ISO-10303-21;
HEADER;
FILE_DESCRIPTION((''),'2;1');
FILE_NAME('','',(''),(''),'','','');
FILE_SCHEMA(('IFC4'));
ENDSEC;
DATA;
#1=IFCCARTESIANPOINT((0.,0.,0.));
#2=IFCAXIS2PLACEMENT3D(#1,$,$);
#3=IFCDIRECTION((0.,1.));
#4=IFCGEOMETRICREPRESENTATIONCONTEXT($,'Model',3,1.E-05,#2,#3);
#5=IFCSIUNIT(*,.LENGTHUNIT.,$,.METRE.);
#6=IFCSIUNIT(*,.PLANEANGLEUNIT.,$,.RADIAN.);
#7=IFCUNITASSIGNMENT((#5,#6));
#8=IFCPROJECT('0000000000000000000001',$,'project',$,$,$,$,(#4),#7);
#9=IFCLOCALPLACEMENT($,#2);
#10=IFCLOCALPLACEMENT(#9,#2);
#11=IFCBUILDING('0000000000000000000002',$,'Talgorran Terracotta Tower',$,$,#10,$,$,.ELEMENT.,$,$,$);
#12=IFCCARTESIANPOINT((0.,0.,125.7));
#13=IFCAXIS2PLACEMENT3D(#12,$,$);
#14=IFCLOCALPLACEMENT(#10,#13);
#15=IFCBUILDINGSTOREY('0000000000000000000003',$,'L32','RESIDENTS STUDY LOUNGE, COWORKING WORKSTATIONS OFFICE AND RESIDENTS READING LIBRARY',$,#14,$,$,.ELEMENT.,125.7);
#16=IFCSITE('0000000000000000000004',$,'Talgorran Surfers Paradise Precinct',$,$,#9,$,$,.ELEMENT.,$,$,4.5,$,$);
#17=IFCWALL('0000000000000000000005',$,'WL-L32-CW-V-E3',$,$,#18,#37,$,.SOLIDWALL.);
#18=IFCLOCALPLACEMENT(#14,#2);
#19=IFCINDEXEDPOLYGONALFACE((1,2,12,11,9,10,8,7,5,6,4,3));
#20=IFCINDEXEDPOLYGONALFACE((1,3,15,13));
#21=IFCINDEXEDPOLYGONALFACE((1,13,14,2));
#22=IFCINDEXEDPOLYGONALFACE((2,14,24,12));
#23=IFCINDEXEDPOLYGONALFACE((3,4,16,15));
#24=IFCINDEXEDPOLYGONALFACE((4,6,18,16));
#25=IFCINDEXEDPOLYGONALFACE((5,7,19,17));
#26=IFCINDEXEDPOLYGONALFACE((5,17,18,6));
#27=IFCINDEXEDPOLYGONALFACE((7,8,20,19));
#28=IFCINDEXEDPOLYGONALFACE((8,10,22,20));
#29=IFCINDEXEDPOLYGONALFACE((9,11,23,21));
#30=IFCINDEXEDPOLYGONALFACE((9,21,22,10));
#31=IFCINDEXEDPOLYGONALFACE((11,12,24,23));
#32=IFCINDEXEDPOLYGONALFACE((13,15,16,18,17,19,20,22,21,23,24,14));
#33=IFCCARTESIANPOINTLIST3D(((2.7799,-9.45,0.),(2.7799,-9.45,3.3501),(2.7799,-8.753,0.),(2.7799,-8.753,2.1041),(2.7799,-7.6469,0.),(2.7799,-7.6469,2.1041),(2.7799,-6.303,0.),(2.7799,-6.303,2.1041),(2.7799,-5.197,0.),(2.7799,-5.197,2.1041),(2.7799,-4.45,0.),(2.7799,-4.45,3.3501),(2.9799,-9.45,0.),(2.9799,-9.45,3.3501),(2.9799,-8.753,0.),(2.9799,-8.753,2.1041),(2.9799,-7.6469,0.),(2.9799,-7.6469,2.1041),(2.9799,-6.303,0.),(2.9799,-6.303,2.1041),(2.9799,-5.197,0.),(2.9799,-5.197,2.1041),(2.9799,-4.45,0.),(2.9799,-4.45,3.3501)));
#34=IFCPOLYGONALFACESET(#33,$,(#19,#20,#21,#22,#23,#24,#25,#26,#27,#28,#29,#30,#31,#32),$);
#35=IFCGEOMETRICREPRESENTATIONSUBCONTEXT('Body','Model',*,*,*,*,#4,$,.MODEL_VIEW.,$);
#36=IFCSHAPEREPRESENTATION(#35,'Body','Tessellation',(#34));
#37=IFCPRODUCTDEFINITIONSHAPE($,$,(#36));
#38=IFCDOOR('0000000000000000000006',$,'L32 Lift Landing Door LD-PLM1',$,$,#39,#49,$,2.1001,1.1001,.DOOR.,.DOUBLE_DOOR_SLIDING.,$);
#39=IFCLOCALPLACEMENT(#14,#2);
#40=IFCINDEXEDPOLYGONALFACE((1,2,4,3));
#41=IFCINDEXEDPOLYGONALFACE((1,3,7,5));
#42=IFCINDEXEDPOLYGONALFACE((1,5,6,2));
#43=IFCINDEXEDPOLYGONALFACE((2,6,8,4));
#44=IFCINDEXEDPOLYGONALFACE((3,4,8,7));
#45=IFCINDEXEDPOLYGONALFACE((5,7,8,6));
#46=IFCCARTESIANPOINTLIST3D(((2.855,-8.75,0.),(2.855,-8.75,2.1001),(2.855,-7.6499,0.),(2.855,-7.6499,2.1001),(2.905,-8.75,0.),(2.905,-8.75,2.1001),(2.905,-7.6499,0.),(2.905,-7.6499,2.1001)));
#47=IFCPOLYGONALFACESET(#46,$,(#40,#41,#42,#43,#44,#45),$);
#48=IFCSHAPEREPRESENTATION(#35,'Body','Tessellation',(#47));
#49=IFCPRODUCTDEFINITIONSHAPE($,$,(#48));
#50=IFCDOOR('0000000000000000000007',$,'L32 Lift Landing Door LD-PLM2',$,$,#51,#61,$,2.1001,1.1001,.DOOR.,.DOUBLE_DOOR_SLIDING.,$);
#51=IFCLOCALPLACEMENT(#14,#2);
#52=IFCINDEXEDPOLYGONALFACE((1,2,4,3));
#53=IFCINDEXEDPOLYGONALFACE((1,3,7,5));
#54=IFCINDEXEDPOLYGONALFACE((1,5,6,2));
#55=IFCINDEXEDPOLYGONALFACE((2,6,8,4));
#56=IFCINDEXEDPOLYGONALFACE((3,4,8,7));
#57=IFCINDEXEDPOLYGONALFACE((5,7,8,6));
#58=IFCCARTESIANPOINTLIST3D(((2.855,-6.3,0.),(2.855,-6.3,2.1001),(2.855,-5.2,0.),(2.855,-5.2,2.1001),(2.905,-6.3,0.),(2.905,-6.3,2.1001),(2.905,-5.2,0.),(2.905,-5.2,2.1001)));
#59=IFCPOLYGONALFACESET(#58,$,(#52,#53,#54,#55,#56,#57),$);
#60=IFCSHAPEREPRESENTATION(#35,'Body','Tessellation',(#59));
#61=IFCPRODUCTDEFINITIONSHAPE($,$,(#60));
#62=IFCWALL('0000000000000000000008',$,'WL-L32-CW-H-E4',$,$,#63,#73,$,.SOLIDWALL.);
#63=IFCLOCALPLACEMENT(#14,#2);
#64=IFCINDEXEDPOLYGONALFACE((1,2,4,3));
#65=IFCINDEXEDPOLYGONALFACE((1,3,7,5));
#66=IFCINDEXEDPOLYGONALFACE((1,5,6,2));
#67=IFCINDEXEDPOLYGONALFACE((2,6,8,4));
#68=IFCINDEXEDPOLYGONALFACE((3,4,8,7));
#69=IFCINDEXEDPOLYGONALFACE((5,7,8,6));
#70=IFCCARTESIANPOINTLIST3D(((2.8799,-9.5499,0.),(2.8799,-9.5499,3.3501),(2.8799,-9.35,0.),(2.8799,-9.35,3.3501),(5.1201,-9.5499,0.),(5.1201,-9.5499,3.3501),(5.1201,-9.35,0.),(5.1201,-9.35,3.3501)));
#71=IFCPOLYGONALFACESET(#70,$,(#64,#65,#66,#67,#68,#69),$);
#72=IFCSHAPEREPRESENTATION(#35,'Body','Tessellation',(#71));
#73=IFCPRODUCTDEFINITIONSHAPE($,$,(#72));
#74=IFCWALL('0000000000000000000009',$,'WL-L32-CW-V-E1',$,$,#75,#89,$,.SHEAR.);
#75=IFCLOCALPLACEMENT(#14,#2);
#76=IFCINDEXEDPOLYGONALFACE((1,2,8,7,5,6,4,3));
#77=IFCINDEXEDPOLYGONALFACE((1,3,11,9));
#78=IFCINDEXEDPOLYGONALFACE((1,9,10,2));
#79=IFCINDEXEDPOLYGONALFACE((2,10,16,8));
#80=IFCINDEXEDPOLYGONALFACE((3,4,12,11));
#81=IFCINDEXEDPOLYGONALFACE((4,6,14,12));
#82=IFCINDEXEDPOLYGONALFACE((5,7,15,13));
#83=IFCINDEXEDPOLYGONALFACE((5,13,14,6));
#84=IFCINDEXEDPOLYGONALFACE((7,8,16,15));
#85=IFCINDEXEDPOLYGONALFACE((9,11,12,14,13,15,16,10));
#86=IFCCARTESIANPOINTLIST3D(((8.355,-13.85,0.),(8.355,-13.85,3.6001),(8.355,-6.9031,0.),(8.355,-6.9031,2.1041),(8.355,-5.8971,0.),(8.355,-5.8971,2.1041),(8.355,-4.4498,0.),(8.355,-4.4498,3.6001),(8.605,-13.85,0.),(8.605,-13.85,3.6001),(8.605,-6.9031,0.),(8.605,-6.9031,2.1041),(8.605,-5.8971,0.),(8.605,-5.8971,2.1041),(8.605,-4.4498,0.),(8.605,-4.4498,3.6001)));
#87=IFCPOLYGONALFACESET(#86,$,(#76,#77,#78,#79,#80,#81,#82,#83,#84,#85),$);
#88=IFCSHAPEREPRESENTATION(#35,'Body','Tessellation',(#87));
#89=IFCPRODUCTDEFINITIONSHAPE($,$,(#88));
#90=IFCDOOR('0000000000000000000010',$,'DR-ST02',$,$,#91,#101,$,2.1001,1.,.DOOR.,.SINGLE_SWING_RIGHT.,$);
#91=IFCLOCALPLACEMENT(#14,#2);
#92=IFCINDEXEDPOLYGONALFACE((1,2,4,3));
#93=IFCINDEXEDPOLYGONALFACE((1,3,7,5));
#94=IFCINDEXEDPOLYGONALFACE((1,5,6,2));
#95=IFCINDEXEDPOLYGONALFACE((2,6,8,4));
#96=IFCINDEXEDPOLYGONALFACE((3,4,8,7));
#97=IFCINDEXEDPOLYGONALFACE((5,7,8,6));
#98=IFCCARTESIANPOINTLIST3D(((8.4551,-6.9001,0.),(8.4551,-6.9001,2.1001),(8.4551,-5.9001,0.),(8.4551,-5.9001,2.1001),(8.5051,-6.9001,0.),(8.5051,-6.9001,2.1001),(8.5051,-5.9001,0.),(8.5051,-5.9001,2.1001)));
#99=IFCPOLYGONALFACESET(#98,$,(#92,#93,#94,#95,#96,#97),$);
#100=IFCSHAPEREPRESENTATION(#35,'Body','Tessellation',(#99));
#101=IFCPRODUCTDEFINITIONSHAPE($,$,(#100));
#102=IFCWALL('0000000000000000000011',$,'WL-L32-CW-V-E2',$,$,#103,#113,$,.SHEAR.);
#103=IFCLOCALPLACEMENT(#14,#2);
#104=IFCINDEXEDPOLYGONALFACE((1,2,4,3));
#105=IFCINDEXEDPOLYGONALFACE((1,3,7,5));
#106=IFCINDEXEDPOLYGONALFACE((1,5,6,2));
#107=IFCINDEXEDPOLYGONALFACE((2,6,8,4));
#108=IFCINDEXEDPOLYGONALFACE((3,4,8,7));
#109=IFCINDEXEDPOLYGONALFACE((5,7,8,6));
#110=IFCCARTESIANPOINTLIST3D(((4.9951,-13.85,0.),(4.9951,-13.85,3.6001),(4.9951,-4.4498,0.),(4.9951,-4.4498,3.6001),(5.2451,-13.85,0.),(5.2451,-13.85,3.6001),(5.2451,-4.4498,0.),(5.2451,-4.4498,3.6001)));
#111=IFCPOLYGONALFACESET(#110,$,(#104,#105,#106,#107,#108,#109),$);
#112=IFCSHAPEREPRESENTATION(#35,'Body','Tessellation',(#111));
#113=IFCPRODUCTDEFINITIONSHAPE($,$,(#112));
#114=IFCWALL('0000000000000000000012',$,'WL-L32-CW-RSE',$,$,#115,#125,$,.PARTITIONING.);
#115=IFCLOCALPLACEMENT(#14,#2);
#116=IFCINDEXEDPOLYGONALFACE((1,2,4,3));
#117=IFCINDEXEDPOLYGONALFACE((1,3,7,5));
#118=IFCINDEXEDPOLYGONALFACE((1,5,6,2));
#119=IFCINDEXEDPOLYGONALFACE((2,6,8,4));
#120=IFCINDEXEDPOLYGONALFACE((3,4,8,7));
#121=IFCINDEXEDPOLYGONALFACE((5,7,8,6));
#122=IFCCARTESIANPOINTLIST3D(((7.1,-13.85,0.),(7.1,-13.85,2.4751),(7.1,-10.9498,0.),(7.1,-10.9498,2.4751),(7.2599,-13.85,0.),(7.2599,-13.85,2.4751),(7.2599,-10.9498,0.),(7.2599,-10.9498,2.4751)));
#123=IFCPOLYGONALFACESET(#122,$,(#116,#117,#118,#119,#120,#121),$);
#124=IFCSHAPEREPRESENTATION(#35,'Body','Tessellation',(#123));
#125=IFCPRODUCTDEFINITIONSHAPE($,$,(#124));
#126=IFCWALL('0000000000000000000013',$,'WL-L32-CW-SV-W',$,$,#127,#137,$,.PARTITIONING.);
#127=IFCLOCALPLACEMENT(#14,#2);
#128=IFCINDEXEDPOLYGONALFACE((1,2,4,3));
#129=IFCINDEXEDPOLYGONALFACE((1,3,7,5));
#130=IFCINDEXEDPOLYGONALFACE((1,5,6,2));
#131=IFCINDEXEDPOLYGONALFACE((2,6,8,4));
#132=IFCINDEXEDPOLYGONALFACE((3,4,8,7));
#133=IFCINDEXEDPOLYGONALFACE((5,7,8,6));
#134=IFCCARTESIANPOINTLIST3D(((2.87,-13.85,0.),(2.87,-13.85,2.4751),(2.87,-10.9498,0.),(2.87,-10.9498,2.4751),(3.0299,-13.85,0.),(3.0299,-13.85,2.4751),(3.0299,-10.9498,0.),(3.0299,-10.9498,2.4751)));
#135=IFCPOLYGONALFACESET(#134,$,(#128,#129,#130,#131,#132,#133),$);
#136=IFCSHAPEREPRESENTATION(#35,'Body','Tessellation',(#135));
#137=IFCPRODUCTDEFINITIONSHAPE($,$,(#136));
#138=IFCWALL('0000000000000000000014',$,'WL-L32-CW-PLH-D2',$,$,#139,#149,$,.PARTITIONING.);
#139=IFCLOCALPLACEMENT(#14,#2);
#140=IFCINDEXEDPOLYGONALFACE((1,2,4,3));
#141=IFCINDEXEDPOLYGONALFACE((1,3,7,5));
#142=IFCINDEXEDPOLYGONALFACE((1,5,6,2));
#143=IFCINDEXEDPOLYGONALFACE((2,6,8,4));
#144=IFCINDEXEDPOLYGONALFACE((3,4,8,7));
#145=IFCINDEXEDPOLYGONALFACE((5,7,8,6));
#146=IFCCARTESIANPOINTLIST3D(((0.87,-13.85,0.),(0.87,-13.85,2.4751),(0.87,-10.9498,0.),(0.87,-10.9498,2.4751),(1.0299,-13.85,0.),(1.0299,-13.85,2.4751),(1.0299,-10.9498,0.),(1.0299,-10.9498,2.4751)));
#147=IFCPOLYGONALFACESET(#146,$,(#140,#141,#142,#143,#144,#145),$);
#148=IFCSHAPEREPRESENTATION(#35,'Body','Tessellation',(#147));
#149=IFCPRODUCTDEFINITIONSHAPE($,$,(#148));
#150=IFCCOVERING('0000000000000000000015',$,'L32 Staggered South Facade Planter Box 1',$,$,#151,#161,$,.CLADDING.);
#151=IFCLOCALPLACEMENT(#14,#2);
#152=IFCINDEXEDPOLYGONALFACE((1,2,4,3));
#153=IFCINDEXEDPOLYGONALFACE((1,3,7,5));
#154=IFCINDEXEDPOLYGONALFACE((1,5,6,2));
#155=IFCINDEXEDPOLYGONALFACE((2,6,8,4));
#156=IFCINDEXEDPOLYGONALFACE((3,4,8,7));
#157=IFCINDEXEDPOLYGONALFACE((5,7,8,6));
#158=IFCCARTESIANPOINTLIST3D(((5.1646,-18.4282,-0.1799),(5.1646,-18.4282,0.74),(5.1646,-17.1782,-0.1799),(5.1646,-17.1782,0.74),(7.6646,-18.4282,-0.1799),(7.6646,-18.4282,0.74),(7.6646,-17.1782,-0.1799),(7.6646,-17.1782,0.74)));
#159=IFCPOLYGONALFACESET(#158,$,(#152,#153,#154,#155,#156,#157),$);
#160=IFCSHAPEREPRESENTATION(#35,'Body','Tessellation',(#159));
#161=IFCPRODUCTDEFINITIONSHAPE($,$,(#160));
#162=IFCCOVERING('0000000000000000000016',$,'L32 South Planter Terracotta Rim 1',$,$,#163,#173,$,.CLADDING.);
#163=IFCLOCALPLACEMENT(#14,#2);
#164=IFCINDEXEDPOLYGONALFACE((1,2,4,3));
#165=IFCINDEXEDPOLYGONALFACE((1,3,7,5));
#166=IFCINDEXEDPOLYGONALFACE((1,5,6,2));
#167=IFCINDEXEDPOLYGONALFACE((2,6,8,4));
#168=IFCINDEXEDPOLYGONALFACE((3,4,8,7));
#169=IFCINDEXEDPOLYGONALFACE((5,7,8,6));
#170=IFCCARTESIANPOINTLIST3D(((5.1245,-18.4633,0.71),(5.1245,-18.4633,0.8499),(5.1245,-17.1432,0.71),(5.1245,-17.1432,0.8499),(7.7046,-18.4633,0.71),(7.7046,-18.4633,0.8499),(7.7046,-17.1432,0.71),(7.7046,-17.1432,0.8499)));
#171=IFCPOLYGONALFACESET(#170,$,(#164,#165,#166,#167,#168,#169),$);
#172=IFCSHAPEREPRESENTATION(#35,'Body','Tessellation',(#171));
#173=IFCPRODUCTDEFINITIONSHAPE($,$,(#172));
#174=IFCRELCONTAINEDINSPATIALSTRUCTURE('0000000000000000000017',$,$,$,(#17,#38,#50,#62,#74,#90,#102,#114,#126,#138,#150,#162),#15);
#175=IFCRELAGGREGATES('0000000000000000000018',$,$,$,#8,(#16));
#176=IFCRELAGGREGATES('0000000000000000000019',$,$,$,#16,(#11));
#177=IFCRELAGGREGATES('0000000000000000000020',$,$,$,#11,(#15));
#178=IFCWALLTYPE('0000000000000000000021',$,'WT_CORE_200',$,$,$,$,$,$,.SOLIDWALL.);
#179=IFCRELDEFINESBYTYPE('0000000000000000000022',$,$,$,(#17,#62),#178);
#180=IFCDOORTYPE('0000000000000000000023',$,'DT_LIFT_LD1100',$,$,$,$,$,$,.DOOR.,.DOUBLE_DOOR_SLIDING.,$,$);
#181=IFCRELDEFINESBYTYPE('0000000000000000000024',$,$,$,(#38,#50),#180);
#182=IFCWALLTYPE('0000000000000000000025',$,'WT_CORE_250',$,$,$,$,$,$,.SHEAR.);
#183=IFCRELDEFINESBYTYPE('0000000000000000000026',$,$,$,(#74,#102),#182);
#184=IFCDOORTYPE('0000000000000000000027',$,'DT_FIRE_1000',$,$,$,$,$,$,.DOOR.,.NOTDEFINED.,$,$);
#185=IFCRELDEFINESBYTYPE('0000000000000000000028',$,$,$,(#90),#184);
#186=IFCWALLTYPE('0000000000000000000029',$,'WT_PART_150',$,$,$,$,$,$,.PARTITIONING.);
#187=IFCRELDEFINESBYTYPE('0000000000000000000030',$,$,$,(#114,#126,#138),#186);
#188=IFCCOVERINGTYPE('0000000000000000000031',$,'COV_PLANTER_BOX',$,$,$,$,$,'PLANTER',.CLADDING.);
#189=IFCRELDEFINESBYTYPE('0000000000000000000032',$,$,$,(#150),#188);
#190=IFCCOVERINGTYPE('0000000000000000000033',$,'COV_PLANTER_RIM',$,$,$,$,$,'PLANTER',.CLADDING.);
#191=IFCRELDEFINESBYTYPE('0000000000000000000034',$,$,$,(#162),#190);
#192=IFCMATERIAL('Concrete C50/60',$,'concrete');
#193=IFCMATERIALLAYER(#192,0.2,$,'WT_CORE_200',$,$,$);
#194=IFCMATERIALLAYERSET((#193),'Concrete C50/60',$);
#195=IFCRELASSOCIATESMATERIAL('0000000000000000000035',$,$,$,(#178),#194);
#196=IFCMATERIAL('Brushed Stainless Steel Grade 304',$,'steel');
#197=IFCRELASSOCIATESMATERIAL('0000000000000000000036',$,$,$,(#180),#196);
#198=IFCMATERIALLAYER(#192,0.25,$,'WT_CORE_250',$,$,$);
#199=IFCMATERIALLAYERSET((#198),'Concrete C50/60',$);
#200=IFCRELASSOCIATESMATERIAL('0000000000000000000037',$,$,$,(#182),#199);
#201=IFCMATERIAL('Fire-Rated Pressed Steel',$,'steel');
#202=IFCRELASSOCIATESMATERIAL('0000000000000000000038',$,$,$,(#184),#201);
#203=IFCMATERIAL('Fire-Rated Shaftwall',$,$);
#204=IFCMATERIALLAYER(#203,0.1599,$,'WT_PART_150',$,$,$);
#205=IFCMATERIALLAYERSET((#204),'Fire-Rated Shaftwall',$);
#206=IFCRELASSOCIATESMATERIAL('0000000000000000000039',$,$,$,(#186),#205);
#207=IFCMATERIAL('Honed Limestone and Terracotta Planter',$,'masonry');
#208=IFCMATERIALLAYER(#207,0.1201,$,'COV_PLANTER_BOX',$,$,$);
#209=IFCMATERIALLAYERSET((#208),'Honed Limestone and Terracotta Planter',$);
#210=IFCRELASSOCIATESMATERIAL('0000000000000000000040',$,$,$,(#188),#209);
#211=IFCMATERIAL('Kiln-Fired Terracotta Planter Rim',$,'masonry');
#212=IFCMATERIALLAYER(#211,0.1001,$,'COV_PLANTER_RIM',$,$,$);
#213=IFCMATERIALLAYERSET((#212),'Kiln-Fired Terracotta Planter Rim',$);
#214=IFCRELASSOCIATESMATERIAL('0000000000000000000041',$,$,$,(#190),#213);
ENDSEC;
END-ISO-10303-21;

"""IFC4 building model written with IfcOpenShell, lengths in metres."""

from ifc_helpers import new_model, si_unit, direction, frame, frame_2d, origin, origin_2d, place, context, subcontext, project, spatial, rectangle, extrude, material, layer, layer_set, type_object, element, fill, save


model = new_model("IFC4")

# Units and contexts
model_context = context("Model", 3, precision=1e-05, world=origin(), true_north=direction((0.0, 1.0)))
body_context = subcontext(model_context, "Body", "Model", "MODEL_VIEW")
ifc_project = project(units=[si_unit("LENGTHUNIT", "METRE"), si_unit("PLANEANGLEUNIT", "RADIAN")], contexts=[model_context])

# Site, building, storey
site_placement = place(None, origin())
site = spatial("IfcSite", under=ifc_project, at=site_placement, Name="Talgorran Surfers Paradise Precinct", CompositionType="ELEMENT", RefElevation=4.5)
building_placement = place(site_placement, origin())
building = spatial("IfcBuilding", under=site, at=building_placement, Name="Talgorran Terracotta Tower", CompositionType="ELEMENT")
storey_placement = place(building_placement, frame((0.0, 0.0, 125.7)))
storey = spatial("IfcBuildingStorey", under=building, at=storey_placement, Name="L32", Description="RESIDENTS STUDY LOUNGE, COWORKING WORKSTATIONS OFFICE AND RESIDENTS READING LIBRARY", CompositionType="ELEMENT", Elevation=125.7)

# Shared definitions
ifc_material_1 = material(Name="Concrete C50/60", Category="concrete")

# Shared definitions
ifc_layer_1 = layer(ifc_material_1, 0.2, Name="WT_CORE_200")
ifc_layer_set_1 = layer_set([ifc_layer_1], Name="Concrete C50/60")
wall_type_1 = type_object("IfcWallType", Name="WT_CORE_200", PredefinedType="SOLIDWALL", material=ifc_layer_set_1)

# Wall, openings, doors
ifc_material_2 = material(Name="Brushed Stainless Steel Grade 304", Category="steel")
door_type_1 = type_object("IfcDoorType", Name="DT_LIFT_LD1100", OperationType="DOUBLE_DOOR_SLIDING", PredefinedType="DOOR", material=ifc_material_2)
ifc_material_3 = material(Name="Fire-Rated Pressed Steel", Category="steel")
wall_1_placement = place(storey_placement, frame((2.8799, -9.45, 0.0), z_axis=(0.0, 0.0, 1.0), x_axis=(0.0, 1.0, 0.0)))
wall_1 = element("IfcWall", 1, at=wall_1_placement, inside=storey, type_object=wall_type_1, Name="WL-L32-CW-V-E3", PredefinedType="SOLIDWALL", context=body_context, shape_type="SweptSolid", body=[
    extrude(rectangle(XDim=5.0, YDim=0.2, at=frame_2d((2.5, 0.0))), origin(), (0.0, 0.0, 1.0), 3.3501),
])
opening_1_placement = place(wall_1_placement, frame((0.7, 0.0, 0.0)))
opening_1 = element("IfcOpeningElement", 2, at=opening_1_placement, cuts=wall_1, PredefinedType="OPENING", context=body_context, shape_type="SweptSolid", body=[
    extrude(rectangle(XDim=1.1061, YDim=2.1041, at=frame_2d((0.55, 1.052))), frame((0.0, 0.1099, 0.0), z_axis=(0.0, -1.0, 0.0), x_axis=(1.0, 0.0, 0.0)), (0.0, 0.0, 1.0), 0.22),
])
opening_2_placement = place(wall_1_placement, frame((3.1499, 0.0, 0.0)))
opening_2 = element("IfcOpeningElement", 3, at=opening_2_placement, cuts=wall_1, PredefinedType="OPENING", context=body_context, shape_type="SweptSolid", body=[
    extrude(rectangle(XDim=1.1061, YDim=2.1041, at=frame_2d((0.55, 1.052))), frame((0.0, 0.1099, 0.0), z_axis=(0.0, -1.0, 0.0), x_axis=(1.0, 0.0, 0.0)), (0.0, 0.0, 1.0), 0.22),
])
door_1_placement = place(opening_1_placement, origin())
door_1 = element("IfcDoor", 4, at=door_1_placement, inside=storey, type_object=door_type_1, Name="L32 Lift Landing Door LD-PLM1", OperationType="DOUBLE_DOOR_SLIDING", OverallHeight=2.1001, OverallWidth=1.1001, PredefinedType="DOOR", context=body_context, shape_type="SweptSolid", body=[
    extrude(rectangle(XDim=1.1001, YDim=2.1001, at=frame_2d((0.55, 1.05))), frame((0.0, 0.0249, 0.0), z_axis=(0.0, -1.0, 0.0), x_axis=(1.0, 0.0, 0.0)), (0.0, 0.0, 1.0), 0.05),
])
fill(opening_1, door_1)
door_2_placement = place(opening_2_placement, origin())
door_2 = element("IfcDoor", 5, at=door_2_placement, inside=storey, type_object=door_type_1, Name="L32 Lift Landing Door LD-PLM2", OperationType="DOUBLE_DOOR_SLIDING", OverallHeight=2.1001, OverallWidth=1.1001, PredefinedType="DOOR", context=body_context, shape_type="SweptSolid", body=[
    extrude(rectangle(XDim=1.1001, YDim=2.1001, at=frame_2d((0.55, 1.05))), frame((0.0, 0.0249, 0.0), z_axis=(0.0, -1.0, 0.0), x_axis=(1.0, 0.0, 0.0)), (0.0, 0.0, 1.0), 0.05),
])
fill(opening_2, door_2)

# Wall
wall_2_placement = place(storey_placement, frame((2.8799, -9.45, 0.0), z_axis=(0.0, 0.0, 1.0), x_axis=(1.0, 0.0, 0.0)))
element("IfcWall", 6, at=wall_2_placement, inside=storey, type_object=wall_type_1, Name="WL-L32-CW-H-E4", PredefinedType="SOLIDWALL", context=body_context, shape_type="SweptSolid", body=[
    extrude(rectangle(XDim=2.2402, YDim=0.2, at=frame_2d((1.1201, 0.0))), origin(), (0.0, 0.0, 1.0), 3.3501),
])

# Wall, opening, door
ifc_layer_2 = layer(ifc_material_1, 0.25, Name="WT_CORE_250")
ifc_layer_set_2 = layer_set([ifc_layer_2], Name="Concrete C50/60")
wall_type_2 = type_object("IfcWallType", Name="WT_CORE_250", PredefinedType="SHEAR", material=ifc_layer_set_2)
wall_3_placement = place(storey_placement, frame((8.48, -13.8501, 0.0), z_axis=(0.0, 0.0, 1.0), x_axis=(0.0, 1.0, 0.0)))
wall_3 = element("IfcWall", 7, at=wall_3_placement, inside=storey, type_object=wall_type_2, Name="WL-L32-CW-V-E1", PredefinedType="SHEAR", context=body_context, shape_type="SweptSolid", body=[
    extrude(rectangle(XDim=9.4001, YDim=0.25, at=frame_2d((4.7002, 0.0))), origin(), (0.0, 0.0, 1.0), 3.6001),
])
opening_3_placement = place(wall_3_placement, frame((6.95, 0.0, 0.0)))
opening_3 = element("IfcOpeningElement", 8, at=opening_3_placement, cuts=wall_3, PredefinedType="OPENING", context=body_context, shape_type="SweptSolid", body=[
    extrude(rectangle(XDim=1.006, YDim=2.1041, at=frame_2d((0.5, 1.052))), frame((0.0, 0.135, 0.0), z_axis=(0.0, -1.0, 0.0), x_axis=(1.0, 0.0, 0.0)), (0.0, 0.0, 1.0), 0.27),
])
door_type_2 = type_object("IfcDoorType", Name="DT_FIRE_1000", OperationType="NOTDEFINED", PredefinedType="DOOR", material=ifc_material_3)
door_3_placement = place(opening_3_placement, origin())
door_3 = element("IfcDoor", 9, at=door_3_placement, inside=storey, type_object=door_type_2, Name="DR-ST02", OperationType="SINGLE_SWING_RIGHT", OverallHeight=2.1001, OverallWidth=1.0, PredefinedType="DOOR", context=body_context, shape_type="SweptSolid", body=[
    extrude(rectangle(XDim=1.0, YDim=2.1001, at=frame_2d((0.5, 1.05))), frame((0.0, 0.0249, 0.0), z_axis=(0.0, -1.0, 0.0), x_axis=(1.0, 0.0, 0.0)), (0.0, 0.0, 1.0), 0.05),
])
fill(opening_3, door_3)

# Walls
wall_4_placement = place(storey_placement, frame((5.1201, -13.8501, 0.0), z_axis=(0.0, 0.0, 1.0), x_axis=(0.0, 1.0, 0.0)))
element("IfcWall", 10, at=wall_4_placement, inside=storey, type_object=wall_type_2, Name="WL-L32-CW-V-E2", PredefinedType="SHEAR", context=body_context, shape_type="SweptSolid", body=[
    extrude(rectangle(XDim=9.4001, YDim=0.25, at=frame_2d((4.7002, 0.0))), origin(), (0.0, 0.0, 1.0), 3.6001),
])
ifc_material_4 = material(Name="Fire-Rated Shaftwall")
ifc_layer_3 = layer(ifc_material_4, 0.1599, Name="WT_PART_150")
ifc_layer_set_3 = layer_set([ifc_layer_3], Name="Fire-Rated Shaftwall")
wall_type_3 = type_object("IfcWallType", Name="WT_PART_150", PredefinedType="PARTITIONING", material=ifc_layer_set_3)
for number, where, z_axis, x_axis, name in (
    (11, (7.1799, -13.8501, 0.0), (0.0, 0.0, 1.0), (0.0, 1.0, 0.0), "WL-L32-CW-RSE"),
    (12, (2.95, -13.8501, 0.0), (0.0, 0.0, 1.0), (0.0, 1.0, 0.0), "WL-L32-CW-SV-W"),
    (13, (0.95, -13.8501, 0.0), (0.0, 0.0, 1.0), (0.0, 1.0, 0.0), "WL-L32-CW-PLH-D2"),
):
    element("IfcWall", number, at=place(storey_placement, frame(where, z_axis=z_axis, x_axis=x_axis)), inside=storey, type_object=wall_type_3, Name=name, PredefinedType="PARTITIONING", context=body_context, shape_type="SweptSolid", body=[
        extrude(rectangle(XDim=2.9001, YDim=0.1599, at=frame_2d((1.4502, 0.0))), origin(), (0.0, 0.0, 1.0), 2.4751),
    ])

# Coverings
ifc_material_5 = material(Name="Honed Limestone and Terracotta Planter", Category="masonry")
ifc_layer_4 = layer(ifc_material_5, 0.1201, Name="COV_PLANTER_BOX")
ifc_layer_set_4 = layer_set([ifc_layer_4], Name="Honed Limestone and Terracotta Planter")
covering_type_1 = type_object("IfcCoveringType", Name="COV_PLANTER_BOX", ElementType="PLANTER", PredefinedType="CLADDING", material=ifc_layer_set_4)
covering_1_placement = place(storey_placement, frame((6.4146, -17.8032, -0.1799), z_axis=(0.0, 0.0, 1.0), x_axis=(1.0, 0.0, 0.0)))
element("IfcCovering", 14, at=covering_1_placement, inside=storey, type_object=covering_type_1, Name="L32 Staggered South Facade Planter Box 1", PredefinedType="CLADDING", context=body_context, shape_type="SweptSolid", body=[
    extrude(rectangle(XDim=2.5, YDim=1.25, at=origin_2d()), origin(), (0.0, 0.0, 1.0), 0.9199),
])
ifc_material_6 = material(Name="Kiln-Fired Terracotta Planter Rim", Category="masonry")
ifc_layer_5 = layer(ifc_material_6, 0.1001, Name="COV_PLANTER_RIM")
ifc_layer_set_5 = layer_set([ifc_layer_5], Name="Kiln-Fired Terracotta Planter Rim")
covering_type_2 = type_object("IfcCoveringType", Name="COV_PLANTER_RIM", ElementType="PLANTER", PredefinedType="CLADDING", material=ifc_layer_set_5)
covering_2_placement = place(storey_placement, frame((6.4146, -17.8032, 0.71), z_axis=(0.0, 0.0, 1.0), x_axis=(1.0, 0.0, 0.0)))
element("IfcCovering", 15, at=covering_2_placement, inside=storey, type_object=covering_type_2, Name="L32 South Planter Terracotta Rim 1", PredefinedType="CLADDING", context=body_context, shape_type="SweptSolid", body=[
    extrude(rectangle(XDim=2.5801, YDim=1.3201, at=origin_2d()), origin(), (0.0, 0.0, 1.0), 0.1399),
])

save(model, "model.ifc")
